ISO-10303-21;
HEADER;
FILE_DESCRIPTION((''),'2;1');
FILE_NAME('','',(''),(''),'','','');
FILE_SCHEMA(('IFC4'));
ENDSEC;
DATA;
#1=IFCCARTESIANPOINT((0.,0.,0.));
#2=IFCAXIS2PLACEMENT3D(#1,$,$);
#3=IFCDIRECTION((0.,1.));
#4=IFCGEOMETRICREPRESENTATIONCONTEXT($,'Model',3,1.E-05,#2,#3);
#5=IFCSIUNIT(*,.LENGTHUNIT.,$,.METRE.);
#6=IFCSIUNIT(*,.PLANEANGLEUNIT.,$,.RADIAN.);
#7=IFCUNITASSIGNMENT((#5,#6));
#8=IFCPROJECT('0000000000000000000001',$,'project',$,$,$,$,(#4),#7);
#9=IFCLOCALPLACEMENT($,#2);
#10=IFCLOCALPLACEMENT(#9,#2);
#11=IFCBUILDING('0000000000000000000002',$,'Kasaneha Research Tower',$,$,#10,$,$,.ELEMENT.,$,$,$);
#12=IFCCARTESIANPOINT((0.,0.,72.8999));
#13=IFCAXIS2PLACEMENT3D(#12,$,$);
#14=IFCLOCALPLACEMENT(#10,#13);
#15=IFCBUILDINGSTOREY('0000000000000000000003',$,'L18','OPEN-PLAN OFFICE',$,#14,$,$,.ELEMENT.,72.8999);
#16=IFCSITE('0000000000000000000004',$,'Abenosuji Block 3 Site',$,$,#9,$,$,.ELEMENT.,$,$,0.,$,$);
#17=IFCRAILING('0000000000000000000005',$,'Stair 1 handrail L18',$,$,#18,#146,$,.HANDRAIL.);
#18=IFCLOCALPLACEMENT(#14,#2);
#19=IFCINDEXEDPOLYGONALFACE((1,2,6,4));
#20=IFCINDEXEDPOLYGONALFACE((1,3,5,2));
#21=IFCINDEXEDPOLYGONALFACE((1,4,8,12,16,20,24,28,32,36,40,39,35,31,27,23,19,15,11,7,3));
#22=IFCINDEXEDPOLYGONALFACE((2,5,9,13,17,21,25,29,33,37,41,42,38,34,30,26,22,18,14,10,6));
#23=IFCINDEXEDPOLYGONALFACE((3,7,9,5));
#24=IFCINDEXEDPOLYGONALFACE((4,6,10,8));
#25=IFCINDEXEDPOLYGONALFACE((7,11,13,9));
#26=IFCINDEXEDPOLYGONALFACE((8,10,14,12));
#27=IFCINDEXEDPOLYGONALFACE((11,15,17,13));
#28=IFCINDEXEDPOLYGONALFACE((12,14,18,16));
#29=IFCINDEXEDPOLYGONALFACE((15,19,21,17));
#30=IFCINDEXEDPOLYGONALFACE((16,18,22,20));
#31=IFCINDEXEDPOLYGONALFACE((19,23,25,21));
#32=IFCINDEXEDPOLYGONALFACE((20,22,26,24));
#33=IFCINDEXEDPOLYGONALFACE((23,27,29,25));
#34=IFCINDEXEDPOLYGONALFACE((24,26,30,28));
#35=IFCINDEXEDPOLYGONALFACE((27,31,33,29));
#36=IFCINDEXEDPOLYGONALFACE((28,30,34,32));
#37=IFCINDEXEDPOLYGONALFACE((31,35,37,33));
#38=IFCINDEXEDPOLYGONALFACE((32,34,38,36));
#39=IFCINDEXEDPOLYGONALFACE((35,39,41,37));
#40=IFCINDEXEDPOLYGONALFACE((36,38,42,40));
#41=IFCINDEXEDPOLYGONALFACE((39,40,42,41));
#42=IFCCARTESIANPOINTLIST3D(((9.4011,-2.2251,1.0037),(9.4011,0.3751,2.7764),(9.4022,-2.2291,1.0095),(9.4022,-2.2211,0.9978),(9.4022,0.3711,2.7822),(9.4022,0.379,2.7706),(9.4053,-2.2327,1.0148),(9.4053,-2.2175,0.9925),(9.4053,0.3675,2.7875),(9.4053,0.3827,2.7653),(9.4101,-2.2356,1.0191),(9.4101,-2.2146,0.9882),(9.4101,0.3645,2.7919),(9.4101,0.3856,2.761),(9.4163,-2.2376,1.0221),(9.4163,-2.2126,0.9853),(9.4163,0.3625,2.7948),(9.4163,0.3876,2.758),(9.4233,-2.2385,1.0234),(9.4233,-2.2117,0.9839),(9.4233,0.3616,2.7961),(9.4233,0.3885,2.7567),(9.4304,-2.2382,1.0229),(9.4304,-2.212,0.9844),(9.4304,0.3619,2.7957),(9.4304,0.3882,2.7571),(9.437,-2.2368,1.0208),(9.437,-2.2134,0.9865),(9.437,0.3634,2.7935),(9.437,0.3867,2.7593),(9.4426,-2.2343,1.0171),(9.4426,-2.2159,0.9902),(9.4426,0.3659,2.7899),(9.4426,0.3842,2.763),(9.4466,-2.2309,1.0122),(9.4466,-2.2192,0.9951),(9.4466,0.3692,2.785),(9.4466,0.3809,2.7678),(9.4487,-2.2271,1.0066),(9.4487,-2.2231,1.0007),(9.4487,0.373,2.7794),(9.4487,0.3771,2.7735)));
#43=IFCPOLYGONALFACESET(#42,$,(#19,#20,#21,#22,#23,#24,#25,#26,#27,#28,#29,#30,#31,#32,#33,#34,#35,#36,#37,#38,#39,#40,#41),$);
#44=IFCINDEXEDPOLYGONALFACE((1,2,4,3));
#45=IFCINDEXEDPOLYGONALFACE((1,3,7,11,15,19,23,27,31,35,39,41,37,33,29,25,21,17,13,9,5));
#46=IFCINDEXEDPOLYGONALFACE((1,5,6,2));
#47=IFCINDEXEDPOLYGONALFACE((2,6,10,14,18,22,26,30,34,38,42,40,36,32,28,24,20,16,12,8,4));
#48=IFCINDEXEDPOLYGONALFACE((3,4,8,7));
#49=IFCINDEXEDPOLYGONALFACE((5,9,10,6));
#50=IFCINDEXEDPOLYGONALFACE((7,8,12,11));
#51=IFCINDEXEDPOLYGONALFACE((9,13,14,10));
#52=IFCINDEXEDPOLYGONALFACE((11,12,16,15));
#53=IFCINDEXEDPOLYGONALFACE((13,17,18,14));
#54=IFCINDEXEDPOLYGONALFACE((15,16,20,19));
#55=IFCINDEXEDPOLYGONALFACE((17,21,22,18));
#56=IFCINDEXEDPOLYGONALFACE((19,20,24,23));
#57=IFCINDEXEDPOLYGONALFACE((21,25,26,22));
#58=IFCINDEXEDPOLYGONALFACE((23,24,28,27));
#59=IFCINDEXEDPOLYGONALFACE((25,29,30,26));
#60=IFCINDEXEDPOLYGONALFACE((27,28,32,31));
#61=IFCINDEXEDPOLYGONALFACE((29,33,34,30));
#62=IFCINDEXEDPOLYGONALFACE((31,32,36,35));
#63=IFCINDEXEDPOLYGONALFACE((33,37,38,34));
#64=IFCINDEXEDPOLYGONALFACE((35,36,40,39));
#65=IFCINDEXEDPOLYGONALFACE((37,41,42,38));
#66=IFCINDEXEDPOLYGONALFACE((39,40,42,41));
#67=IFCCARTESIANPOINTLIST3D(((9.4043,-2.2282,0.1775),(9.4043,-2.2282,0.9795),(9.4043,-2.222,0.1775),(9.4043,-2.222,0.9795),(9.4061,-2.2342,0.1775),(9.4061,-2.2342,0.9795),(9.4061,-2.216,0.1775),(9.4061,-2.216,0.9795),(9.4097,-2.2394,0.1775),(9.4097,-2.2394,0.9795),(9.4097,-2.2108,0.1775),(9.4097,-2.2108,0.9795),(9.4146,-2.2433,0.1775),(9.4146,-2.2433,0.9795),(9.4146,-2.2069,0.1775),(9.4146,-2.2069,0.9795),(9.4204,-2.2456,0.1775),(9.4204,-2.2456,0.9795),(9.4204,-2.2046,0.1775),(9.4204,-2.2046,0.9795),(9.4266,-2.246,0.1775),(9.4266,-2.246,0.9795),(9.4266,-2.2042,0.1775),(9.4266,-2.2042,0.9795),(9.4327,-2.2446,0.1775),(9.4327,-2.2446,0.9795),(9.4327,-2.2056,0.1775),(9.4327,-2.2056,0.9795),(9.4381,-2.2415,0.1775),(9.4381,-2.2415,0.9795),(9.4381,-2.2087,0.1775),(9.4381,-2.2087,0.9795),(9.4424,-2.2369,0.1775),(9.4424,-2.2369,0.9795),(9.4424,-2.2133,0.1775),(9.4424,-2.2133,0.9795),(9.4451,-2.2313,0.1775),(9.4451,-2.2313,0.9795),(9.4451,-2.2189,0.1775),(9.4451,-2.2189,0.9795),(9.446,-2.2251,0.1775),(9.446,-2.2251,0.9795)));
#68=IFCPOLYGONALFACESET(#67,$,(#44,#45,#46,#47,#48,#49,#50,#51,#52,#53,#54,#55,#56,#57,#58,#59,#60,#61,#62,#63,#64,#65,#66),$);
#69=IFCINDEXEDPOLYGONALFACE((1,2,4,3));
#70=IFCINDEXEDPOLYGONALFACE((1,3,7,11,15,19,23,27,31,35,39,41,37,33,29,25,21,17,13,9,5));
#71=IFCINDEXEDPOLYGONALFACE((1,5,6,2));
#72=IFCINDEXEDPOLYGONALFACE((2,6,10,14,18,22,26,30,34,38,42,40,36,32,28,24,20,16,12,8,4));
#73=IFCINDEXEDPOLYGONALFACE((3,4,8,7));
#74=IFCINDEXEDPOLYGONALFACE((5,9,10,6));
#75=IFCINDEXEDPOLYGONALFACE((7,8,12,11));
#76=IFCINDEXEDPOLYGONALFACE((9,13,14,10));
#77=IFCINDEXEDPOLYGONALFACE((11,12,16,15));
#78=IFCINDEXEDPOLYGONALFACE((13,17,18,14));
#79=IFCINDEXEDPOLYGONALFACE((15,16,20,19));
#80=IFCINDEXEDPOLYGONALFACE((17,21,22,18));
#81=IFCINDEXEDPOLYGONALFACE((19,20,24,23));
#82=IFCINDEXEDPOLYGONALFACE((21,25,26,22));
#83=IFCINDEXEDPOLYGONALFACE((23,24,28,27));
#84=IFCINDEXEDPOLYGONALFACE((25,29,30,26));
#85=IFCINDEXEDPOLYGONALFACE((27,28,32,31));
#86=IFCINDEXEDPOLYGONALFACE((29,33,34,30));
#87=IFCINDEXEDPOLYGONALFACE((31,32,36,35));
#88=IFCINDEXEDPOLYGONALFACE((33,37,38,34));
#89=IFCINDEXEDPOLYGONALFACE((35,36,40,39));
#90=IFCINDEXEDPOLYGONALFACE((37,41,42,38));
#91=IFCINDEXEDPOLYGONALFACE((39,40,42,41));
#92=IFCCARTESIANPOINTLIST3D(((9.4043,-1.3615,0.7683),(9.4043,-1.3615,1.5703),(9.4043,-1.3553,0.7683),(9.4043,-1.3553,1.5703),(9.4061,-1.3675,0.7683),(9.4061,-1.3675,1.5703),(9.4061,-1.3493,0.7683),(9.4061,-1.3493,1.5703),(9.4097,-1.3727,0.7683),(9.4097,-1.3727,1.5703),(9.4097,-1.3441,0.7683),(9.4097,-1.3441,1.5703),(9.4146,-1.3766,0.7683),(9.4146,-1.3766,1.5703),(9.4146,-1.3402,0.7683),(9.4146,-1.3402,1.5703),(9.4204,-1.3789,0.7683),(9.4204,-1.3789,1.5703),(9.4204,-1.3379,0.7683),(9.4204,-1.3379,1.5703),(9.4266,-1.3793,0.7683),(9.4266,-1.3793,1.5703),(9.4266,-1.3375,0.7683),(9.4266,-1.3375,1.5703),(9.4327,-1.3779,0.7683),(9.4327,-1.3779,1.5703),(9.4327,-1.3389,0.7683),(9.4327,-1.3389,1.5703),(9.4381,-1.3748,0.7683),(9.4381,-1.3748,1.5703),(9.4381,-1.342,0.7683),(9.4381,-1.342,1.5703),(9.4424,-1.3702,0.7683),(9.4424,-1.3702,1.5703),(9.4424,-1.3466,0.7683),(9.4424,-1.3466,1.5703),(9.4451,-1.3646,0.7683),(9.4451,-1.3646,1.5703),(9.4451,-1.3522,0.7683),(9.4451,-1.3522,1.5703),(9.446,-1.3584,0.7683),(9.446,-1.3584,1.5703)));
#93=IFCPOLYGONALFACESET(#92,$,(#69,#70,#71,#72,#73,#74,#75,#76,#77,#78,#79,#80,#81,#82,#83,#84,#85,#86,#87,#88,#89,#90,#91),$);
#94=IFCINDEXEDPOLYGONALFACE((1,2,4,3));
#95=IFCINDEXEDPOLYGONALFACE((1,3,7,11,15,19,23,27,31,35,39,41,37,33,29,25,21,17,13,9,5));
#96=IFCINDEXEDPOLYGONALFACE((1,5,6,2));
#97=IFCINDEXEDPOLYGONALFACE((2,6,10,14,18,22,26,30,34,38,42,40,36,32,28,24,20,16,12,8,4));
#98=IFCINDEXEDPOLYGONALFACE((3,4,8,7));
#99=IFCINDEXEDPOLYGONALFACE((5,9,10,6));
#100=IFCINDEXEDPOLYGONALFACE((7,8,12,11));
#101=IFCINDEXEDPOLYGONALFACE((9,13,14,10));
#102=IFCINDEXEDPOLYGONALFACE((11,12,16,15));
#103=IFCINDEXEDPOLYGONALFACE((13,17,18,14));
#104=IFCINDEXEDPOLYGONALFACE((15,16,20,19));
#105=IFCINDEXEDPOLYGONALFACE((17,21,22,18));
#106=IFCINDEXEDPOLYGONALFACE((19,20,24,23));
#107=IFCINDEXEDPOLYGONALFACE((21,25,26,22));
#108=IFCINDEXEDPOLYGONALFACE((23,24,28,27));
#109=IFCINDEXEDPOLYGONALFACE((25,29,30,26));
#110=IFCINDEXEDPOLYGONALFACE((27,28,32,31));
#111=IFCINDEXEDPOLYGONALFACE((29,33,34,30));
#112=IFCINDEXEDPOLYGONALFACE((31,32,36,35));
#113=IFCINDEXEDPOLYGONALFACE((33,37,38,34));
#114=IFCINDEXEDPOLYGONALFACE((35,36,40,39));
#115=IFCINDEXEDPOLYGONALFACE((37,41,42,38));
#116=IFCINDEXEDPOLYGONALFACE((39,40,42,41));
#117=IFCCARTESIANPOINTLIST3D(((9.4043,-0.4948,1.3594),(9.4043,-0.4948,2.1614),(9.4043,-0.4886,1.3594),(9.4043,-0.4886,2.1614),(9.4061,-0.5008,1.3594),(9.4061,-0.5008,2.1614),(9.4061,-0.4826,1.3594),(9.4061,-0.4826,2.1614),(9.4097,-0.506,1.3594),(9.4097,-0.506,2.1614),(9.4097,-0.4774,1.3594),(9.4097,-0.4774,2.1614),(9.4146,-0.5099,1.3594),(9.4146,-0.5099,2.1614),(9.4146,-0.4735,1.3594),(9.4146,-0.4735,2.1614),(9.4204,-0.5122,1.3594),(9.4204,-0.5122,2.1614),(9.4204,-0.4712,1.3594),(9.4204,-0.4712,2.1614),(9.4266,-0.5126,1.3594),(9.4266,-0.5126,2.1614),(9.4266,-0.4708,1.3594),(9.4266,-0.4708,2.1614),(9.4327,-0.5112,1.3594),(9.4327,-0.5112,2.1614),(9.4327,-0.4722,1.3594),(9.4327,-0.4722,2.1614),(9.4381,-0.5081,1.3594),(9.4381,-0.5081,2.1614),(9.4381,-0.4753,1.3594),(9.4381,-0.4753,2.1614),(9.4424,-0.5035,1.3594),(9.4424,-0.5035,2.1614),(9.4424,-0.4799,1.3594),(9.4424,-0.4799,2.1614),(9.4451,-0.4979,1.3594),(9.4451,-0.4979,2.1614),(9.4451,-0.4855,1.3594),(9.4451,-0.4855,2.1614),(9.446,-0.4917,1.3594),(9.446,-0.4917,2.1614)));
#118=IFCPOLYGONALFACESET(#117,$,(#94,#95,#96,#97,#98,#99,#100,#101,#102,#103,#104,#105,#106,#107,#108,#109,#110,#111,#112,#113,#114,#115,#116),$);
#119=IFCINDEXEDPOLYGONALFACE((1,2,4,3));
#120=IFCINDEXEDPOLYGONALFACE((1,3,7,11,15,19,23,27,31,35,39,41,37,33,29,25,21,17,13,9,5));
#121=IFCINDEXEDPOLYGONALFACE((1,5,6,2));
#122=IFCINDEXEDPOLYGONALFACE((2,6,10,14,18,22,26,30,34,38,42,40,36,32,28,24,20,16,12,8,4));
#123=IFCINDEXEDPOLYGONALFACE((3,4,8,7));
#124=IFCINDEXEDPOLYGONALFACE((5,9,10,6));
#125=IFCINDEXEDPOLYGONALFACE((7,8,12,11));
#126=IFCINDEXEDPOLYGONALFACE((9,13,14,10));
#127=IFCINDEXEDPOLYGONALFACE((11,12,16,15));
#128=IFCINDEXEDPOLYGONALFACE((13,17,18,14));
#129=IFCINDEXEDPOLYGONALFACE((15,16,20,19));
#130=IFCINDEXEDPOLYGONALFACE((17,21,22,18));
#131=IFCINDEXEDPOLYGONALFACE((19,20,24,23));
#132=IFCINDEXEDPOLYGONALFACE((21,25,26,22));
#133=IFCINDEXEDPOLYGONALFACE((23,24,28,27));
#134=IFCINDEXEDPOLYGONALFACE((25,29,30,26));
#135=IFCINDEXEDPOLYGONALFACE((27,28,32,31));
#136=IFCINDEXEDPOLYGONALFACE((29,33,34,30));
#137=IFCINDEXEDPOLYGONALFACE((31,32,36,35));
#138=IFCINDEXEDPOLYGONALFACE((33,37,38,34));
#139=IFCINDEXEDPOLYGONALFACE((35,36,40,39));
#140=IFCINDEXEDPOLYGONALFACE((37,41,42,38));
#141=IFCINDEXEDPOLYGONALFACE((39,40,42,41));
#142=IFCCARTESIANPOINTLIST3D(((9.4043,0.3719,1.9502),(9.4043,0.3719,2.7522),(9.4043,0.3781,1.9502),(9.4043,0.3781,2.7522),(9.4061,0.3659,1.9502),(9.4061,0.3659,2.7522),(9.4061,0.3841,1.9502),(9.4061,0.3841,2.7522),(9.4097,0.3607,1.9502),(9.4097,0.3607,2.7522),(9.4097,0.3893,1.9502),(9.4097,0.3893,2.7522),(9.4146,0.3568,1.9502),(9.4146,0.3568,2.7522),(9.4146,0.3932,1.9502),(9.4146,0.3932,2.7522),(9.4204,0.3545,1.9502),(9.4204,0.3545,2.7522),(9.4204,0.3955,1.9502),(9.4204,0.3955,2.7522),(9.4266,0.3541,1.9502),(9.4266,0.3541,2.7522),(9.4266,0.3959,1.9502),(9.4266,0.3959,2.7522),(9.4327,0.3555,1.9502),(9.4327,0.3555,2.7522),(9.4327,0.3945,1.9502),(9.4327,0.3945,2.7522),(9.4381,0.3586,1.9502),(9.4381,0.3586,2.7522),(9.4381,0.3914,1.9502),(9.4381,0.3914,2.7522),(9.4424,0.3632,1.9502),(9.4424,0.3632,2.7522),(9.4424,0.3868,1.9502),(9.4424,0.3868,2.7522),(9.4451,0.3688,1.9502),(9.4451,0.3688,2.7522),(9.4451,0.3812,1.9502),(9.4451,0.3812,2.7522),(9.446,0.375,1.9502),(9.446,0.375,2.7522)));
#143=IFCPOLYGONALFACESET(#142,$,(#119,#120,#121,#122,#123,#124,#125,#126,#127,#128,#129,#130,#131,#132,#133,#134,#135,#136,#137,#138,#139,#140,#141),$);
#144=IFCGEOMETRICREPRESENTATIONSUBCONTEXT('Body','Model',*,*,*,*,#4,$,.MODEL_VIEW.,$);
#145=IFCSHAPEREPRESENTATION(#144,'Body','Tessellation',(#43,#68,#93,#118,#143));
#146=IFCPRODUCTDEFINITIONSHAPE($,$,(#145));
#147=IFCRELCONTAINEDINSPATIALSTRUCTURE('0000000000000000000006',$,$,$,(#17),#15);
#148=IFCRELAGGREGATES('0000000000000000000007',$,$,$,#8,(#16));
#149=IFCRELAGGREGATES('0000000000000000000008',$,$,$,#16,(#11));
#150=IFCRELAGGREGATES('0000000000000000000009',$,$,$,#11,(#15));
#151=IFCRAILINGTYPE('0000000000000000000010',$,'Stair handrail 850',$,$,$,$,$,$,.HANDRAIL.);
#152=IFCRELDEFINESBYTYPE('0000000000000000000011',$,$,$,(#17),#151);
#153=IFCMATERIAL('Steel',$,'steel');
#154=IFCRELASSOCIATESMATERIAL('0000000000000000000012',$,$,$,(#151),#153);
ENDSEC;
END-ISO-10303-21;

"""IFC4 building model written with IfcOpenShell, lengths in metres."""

from ifc_helpers import new_model, si_unit, direction, frame, origin, origin_2d, place, context, subcontext, project, spatial, circle, extrude, material, type_object, element, save


model = new_model("IFC4")

# Units and contexts
model_context = context("Model", 3, precision=1e-05, world=origin(), true_north=direction((0.0, 1.0)))
body_context = subcontext(model_context, "Body", "Model", "MODEL_VIEW")
ifc_project = project(units=[si_unit("LENGTHUNIT", "METRE"), si_unit("PLANEANGLEUNIT", "RADIAN")], contexts=[model_context])

# Site, building, storey
site_placement = place(None, origin())
site = spatial("IfcSite", under=ifc_project, at=site_placement, Name="Abenosuji Block 3 Site", CompositionType="ELEMENT", RefElevation=0.0)
building_placement = place(site_placement, origin())
building = spatial("IfcBuilding", under=site, at=building_placement, Name="Kasaneha Research Tower", CompositionType="ELEMENT")
storey_placement = place(building_placement, frame((0.0, 0.0, 72.8999)))
storey = spatial("IfcBuildingStorey", under=building, at=storey_placement, Name="L18", Description="OPEN-PLAN OFFICE", CompositionType="ELEMENT", Elevation=72.8999)

# Railing
ifc_material_1 = material(Name="Steel", Category="steel")
railing_type = type_object("IfcRailingType", Name="Stair handrail 850", PredefinedType="HANDRAIL", material=ifc_material_1)
railing_placement = place(storey_placement, frame((9.425, -2.2251, 0.1775)))
element("IfcRailing", 1, at=railing_placement, inside=storey, type_object=railing_type, Name="Stair 1 handrail L18", PredefinedType="HANDRAIL", context=body_context, shape_type="SweptSolid", body=[
    extrude(circle(Radius=0.0239, at=origin_2d()), frame((0.0, 0.0, 0.8262), z_axis=(0.0, 0.82624, 0.563318), x_axis=(-1.0, 0.0, 0.0)), (0.0, 0.0, 1.0), 3.147),
    extrude(circle(Radius=0.021, at=origin_2d()), origin(), (0.0, 0.0, 1.0), 0.802),
    extrude(circle(Radius=0.021, at=origin_2d()), frame((0.0, 0.8667, 0.5908)), (0.0, 0.0, 1.0), 0.802),
    extrude(circle(Radius=0.021, at=origin_2d()), frame((0.0, 1.7334, 1.1819)), (0.0, 0.0, 1.0), 0.802),
    extrude(circle(Radius=0.021, at=origin_2d()), frame((0.0, 2.6001, 1.7727)), (0.0, 0.0, 1.0), 0.802),
])

save(model, "model.ifc")
